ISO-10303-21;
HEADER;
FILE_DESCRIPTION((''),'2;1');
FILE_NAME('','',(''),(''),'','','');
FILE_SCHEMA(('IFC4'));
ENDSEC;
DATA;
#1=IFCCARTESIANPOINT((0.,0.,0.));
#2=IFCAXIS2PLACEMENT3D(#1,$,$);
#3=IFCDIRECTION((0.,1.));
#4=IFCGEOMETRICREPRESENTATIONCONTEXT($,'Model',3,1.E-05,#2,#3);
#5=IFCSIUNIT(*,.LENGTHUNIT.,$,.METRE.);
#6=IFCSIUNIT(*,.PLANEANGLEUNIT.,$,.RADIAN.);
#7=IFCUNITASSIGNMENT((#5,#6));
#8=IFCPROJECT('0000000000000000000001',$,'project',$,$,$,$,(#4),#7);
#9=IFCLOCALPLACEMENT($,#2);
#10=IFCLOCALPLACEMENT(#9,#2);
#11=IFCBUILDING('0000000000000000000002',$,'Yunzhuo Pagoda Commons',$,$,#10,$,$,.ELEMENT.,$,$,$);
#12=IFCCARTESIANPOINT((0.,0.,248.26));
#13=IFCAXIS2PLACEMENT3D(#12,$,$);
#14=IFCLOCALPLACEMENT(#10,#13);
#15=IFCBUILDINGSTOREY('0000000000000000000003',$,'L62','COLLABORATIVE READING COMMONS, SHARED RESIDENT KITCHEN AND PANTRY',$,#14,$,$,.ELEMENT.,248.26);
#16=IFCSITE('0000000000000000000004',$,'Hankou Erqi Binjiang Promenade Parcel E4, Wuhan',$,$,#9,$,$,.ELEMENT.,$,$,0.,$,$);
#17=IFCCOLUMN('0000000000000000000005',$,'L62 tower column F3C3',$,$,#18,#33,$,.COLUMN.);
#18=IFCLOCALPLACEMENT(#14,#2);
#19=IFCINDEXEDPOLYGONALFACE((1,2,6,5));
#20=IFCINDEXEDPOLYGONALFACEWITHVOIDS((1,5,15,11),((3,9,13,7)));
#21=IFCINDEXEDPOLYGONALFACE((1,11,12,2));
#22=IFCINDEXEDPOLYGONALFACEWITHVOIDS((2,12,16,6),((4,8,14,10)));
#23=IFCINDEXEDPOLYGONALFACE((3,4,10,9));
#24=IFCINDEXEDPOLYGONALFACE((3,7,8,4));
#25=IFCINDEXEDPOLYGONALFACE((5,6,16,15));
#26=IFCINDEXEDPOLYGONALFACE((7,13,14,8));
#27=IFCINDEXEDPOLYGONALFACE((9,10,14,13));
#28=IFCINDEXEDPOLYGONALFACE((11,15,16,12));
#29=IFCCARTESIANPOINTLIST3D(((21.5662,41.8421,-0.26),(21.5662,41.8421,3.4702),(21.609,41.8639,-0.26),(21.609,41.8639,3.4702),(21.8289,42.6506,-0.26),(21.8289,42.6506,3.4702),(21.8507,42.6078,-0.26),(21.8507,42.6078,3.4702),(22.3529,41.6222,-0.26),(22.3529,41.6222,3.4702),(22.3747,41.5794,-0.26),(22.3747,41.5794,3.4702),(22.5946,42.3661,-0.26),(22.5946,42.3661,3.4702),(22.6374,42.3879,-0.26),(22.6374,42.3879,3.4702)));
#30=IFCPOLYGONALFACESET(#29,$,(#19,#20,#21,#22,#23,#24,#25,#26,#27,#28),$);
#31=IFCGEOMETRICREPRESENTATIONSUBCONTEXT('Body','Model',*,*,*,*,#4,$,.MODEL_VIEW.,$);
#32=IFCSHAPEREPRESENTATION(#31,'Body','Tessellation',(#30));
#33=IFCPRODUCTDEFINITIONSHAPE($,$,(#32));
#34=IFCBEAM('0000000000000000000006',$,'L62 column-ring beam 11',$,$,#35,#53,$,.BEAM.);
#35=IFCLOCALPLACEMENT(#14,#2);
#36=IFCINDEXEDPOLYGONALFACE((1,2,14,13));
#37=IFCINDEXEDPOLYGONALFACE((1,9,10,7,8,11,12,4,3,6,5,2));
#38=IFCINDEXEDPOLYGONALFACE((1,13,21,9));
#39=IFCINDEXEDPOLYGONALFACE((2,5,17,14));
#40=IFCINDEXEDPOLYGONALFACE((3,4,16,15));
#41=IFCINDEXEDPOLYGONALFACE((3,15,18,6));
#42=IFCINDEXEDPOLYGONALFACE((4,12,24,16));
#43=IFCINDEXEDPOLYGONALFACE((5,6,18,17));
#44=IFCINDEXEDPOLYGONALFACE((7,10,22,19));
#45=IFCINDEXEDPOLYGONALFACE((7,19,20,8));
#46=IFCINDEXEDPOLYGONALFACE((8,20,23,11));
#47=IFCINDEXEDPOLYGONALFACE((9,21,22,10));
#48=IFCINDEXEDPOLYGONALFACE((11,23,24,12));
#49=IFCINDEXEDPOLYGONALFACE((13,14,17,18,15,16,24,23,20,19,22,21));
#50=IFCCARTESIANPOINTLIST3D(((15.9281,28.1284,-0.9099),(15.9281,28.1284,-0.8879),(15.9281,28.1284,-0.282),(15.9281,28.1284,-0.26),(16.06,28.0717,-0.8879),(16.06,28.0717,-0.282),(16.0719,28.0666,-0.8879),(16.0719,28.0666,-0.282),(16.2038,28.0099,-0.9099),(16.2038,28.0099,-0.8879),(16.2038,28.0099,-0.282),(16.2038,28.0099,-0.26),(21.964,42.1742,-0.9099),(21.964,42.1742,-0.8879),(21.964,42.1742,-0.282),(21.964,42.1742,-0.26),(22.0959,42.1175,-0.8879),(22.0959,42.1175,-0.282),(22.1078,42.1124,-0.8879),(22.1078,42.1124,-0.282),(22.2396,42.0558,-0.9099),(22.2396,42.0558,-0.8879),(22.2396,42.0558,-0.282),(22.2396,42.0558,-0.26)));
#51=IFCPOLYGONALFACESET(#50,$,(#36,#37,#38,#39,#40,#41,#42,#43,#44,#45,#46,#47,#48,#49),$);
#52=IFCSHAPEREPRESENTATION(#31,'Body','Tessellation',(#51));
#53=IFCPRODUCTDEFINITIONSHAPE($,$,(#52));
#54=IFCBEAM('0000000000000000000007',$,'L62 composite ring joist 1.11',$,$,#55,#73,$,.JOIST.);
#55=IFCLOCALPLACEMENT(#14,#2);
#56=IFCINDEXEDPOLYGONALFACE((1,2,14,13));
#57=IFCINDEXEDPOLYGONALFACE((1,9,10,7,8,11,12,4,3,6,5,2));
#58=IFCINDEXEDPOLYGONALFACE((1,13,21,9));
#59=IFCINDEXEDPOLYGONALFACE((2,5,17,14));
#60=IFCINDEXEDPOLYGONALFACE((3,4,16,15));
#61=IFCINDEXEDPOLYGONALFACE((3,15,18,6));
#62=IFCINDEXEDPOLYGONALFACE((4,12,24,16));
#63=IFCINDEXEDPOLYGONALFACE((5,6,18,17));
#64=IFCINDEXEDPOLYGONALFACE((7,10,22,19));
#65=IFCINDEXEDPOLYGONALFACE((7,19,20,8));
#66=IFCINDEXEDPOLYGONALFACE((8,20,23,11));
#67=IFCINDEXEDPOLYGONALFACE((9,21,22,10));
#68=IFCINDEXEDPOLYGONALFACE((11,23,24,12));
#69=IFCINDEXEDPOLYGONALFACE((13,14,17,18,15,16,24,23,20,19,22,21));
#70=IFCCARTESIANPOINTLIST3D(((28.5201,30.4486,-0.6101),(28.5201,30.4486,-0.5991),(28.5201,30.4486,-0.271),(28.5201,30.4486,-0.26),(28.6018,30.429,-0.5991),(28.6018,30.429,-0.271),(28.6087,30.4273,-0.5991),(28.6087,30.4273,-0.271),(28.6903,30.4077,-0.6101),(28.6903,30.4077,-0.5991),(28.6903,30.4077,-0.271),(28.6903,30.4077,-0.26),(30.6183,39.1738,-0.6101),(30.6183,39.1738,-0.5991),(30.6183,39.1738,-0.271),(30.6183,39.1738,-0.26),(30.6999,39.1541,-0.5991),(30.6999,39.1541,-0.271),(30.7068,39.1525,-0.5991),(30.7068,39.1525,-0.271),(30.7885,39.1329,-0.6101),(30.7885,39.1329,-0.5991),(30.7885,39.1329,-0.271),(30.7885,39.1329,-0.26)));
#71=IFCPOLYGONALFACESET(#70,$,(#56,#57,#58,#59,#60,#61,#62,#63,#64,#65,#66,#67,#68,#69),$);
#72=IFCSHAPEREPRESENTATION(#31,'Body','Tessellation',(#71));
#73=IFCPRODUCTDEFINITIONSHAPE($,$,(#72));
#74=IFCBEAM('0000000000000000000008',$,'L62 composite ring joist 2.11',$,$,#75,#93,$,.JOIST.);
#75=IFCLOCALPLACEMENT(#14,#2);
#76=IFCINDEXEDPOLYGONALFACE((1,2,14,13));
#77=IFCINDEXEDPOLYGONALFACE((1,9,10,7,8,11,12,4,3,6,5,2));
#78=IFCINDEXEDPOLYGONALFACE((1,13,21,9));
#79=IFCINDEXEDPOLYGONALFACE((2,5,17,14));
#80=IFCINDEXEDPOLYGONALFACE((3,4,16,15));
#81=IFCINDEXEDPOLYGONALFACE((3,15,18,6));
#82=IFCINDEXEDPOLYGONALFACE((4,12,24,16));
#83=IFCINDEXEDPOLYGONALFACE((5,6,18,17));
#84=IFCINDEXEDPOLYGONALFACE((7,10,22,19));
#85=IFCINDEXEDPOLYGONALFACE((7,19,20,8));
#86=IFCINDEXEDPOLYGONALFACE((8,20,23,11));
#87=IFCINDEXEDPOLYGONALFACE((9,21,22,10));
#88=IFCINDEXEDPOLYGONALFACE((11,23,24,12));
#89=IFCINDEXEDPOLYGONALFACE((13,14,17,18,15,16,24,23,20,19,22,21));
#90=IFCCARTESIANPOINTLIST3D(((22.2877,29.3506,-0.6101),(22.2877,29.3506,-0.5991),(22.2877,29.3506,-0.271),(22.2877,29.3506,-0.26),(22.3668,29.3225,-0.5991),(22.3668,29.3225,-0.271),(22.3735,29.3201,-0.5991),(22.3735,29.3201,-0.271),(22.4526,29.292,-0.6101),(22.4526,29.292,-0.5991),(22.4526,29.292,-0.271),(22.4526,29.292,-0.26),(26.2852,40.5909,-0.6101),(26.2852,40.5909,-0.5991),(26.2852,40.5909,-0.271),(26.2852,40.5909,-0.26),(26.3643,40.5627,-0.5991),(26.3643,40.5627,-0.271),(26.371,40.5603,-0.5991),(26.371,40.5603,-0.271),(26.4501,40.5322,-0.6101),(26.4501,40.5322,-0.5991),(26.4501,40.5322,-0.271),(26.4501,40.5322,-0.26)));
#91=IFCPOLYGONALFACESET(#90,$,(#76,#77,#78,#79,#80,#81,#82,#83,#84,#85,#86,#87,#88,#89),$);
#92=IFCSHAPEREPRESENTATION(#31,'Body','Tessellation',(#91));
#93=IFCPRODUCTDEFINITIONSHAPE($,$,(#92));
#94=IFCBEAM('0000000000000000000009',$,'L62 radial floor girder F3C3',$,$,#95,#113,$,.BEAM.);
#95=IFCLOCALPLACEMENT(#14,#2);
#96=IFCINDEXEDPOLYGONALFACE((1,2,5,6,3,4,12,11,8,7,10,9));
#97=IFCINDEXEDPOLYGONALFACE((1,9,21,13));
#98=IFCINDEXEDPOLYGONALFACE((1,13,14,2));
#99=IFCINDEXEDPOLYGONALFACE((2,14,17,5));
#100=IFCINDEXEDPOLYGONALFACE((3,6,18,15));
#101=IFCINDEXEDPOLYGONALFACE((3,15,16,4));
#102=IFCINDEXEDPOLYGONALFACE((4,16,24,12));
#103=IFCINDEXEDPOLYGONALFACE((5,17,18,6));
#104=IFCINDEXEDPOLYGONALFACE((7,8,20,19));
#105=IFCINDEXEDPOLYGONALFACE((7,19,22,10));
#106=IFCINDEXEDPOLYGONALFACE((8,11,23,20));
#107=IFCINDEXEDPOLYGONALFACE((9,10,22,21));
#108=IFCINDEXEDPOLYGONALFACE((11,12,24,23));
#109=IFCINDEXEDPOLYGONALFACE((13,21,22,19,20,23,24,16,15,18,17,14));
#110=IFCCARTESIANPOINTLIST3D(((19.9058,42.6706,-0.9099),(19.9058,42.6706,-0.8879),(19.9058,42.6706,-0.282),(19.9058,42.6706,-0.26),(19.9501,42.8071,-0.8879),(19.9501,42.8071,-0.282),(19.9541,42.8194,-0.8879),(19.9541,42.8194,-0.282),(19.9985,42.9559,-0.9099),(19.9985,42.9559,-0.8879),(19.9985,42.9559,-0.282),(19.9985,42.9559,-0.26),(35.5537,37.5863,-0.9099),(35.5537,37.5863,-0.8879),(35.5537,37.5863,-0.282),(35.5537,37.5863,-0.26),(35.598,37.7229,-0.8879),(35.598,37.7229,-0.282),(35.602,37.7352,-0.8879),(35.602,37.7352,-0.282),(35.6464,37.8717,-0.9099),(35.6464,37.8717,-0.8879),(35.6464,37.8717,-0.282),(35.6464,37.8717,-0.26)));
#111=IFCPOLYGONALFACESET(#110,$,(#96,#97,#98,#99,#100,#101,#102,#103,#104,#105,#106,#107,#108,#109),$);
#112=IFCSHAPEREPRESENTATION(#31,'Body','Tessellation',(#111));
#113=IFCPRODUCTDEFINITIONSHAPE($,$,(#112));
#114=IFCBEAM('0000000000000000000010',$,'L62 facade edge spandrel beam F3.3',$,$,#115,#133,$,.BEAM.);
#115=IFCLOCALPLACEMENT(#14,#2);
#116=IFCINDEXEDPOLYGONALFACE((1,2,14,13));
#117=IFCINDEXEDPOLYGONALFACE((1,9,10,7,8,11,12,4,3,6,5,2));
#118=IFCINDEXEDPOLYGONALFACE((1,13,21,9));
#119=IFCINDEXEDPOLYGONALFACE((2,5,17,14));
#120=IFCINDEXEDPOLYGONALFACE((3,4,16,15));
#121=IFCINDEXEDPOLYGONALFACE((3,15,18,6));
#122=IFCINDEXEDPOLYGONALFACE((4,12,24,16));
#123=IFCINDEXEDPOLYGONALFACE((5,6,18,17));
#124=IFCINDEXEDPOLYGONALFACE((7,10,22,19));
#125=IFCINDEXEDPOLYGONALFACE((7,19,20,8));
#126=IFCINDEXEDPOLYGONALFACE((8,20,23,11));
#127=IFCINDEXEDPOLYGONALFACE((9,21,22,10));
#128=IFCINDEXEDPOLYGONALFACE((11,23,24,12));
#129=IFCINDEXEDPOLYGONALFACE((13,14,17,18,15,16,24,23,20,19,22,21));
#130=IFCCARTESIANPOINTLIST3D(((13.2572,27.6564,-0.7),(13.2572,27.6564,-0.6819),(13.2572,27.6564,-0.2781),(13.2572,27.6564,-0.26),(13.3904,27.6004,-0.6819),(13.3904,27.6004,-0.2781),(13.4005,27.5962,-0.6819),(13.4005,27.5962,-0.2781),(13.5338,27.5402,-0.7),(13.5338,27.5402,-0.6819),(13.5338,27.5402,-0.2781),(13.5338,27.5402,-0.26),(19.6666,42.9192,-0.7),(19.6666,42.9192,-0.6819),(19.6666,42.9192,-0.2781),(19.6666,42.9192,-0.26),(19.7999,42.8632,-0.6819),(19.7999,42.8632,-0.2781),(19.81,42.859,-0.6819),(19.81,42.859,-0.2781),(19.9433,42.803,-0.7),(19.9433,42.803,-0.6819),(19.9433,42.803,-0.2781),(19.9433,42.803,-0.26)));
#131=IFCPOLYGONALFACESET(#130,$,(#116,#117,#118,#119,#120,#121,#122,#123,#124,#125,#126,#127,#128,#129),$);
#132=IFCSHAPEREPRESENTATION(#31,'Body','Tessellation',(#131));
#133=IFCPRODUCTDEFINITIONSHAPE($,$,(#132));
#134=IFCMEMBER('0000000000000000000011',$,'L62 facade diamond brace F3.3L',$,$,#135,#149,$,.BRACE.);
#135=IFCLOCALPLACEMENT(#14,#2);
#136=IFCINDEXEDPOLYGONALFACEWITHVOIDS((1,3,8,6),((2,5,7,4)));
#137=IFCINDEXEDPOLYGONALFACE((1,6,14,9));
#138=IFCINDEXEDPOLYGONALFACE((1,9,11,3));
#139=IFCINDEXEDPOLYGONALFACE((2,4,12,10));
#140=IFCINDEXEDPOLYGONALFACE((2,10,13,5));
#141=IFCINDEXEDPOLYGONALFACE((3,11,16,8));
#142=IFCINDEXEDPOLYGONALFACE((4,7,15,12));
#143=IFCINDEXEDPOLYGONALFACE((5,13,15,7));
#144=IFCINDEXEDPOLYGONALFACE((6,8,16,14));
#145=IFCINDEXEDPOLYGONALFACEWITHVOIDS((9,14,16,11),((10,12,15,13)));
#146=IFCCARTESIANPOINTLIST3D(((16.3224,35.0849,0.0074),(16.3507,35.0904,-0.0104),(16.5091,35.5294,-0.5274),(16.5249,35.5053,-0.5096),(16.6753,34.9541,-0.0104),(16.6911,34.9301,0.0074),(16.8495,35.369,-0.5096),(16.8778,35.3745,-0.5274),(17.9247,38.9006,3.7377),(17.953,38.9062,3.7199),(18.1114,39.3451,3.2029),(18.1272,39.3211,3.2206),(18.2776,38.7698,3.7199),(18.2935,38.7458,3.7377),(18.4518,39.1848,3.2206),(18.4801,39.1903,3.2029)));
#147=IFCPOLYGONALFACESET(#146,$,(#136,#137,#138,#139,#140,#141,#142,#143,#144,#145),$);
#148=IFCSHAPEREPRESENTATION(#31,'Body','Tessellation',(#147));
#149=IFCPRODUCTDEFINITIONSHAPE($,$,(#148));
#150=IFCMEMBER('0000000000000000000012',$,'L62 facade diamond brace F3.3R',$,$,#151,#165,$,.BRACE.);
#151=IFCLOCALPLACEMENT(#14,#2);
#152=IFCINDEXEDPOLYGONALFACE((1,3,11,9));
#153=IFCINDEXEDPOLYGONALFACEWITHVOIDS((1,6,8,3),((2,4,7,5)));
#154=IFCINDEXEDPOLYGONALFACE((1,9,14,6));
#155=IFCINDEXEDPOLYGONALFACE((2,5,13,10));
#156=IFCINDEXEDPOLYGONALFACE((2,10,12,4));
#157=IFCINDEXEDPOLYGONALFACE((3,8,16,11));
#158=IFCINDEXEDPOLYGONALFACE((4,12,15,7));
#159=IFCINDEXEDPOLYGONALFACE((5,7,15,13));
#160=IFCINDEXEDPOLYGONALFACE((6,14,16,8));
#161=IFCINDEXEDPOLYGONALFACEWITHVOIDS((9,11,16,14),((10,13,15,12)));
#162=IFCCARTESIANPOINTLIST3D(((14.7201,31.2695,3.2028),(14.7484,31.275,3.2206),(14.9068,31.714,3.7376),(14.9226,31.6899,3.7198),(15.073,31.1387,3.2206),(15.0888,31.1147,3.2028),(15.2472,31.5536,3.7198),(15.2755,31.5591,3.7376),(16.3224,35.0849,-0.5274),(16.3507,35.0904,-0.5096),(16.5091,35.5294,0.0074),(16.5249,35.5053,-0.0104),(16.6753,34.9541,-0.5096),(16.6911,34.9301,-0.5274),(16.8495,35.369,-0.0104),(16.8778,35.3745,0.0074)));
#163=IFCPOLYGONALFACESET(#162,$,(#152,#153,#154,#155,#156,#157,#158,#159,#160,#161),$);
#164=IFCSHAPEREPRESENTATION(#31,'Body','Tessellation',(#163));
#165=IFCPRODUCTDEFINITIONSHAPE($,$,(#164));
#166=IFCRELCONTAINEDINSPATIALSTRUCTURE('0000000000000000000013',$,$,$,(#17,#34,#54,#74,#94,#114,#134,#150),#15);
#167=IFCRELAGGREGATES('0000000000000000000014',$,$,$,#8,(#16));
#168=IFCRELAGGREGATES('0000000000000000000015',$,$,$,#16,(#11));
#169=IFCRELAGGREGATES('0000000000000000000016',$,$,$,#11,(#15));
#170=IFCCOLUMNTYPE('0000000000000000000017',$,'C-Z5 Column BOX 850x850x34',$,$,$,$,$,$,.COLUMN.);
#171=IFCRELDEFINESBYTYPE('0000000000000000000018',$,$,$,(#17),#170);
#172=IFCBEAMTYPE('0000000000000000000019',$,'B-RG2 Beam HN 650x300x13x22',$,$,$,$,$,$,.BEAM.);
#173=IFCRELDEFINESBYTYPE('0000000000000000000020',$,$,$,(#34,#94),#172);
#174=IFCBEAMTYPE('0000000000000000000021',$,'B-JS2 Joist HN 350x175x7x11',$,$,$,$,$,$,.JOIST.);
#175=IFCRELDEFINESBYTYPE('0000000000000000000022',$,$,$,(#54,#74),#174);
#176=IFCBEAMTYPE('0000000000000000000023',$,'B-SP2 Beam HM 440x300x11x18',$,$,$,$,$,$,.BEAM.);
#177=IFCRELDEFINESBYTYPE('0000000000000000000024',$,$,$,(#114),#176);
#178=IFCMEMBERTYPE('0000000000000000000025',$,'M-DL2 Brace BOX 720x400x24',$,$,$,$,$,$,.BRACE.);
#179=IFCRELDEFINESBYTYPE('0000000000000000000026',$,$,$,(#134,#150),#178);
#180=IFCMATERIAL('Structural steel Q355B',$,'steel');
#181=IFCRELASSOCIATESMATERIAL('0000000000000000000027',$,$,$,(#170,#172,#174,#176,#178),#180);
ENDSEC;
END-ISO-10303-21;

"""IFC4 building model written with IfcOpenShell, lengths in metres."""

from ifc_helpers import new_model, si_unit, direction, frame, origin, origin_2d, place, context, subcontext, project, spatial, hollow_rectangle, i_section, extrude, source, transform, mapped, material, material_profile, profile_set, type_object, element, save


model = new_model("IFC4")

# Units and contexts
model_context = context("Model", 3, precision=1e-05, world=origin(), true_north=direction((0.0, 1.0)))
body_context = subcontext(model_context, "Body", "Model", "MODEL_VIEW")
ifc_project = project(units=[si_unit("LENGTHUNIT", "METRE"), si_unit("PLANEANGLEUNIT", "RADIAN")], contexts=[model_context])

# Site, building, storey
site_placement = place(None, origin())
site = spatial("IfcSite", under=ifc_project, at=site_placement, Name="Hankou Erqi Binjiang Promenade Parcel E4, Wuhan", CompositionType="ELEMENT", RefElevation=0.0)
building_placement = place(site_placement, origin())
building = spatial("IfcBuilding", under=site, at=building_placement, Name="Yunzhuo Pagoda Commons", CompositionType="ELEMENT")
storey_placement = place(building_placement, frame((0.0, 0.0, 248.26)))
storey = spatial("IfcBuildingStorey", under=building, at=storey_placement, Name="L62", Description="COLLABORATIVE READING COMMONS, SHARED RESIDENT KITCHEN AND PANTRY", CompositionType="ELEMENT", Elevation=248.26)

# Column
ifc_material_1 = material(Name="Structural steel Q355B", Category="steel")
ifc_material_profile_1 = material_profile(ifc_material_1, hollow_rectangle(XDim=0.8501, YDim=0.8501, WallThickness=0.0339, at=origin_2d()), Name="Structural steel Q355B")
ifc_profile_set_1 = profile_set([ifc_material_profile_1], Name="Structural steel Q355B")
column_type = type_object("IfcColumnType", Name="C-Z5 Column BOX 850x850x34", PredefinedType="COLUMN", material=ifc_profile_set_1)
shared_shape_1 = source(origin(), body_context, "Body", "SweptSolid", [
    extrude(hollow_rectangle(XDim=0.8501, YDim=0.8501, WallThickness=0.0339, at=origin_2d()), origin(), (0.0, 0.0, 1.0), 3.7302),
])
column_placement = place(storey_placement, frame((22.1018, 42.115, -0.26), z_axis=(0.0, 0.0, 1.0), x_axis=(-0.309017, -0.951057, 0.0)))
element("IfcColumn", 1, at=column_placement, inside=storey, type_object=column_type, Name="L62 tower column F3C3", PredefinedType="COLUMN", context=body_context, shape_type="MappedRepresentation", body=[
    mapped(shared_shape_1, transform((0.0, 0.0, 0.0), scale=1.0)),
])

# Beams
ifc_material_profile_2 = material_profile(ifc_material_1, i_section(OverallWidth=0.3, OverallDepth=0.6499, WebThickness=0.0129, FlangeThickness=0.022, at=origin_2d()), Name="Structural steel Q355B")
ifc_profile_set_2 = profile_set([ifc_material_profile_2], Name="Structural steel Q355B")
beam_type_1 = type_object("IfcBeamType", Name="B-RG2 Beam HN 650x300x13x22", PredefinedType="BEAM", material=ifc_profile_set_2)
shared_shape_2 = source(origin(), body_context, "Body", "SweptSolid", [
    extrude(i_section(OverallWidth=0.3, OverallDepth=0.6499, WebThickness=0.0129, FlangeThickness=0.022, at=origin_2d()), origin(), (0.0, 0.0, 1.0), 15.2878),
])
beam_1_placement = place(storey_placement, frame((22.1018, 42.115, -0.585), z_axis=(-0.394815, -0.91876, 0.0), x_axis=(0.91876, -0.394815, 0.0)))
element("IfcBeam", 2, at=beam_1_placement, inside=storey, type_object=beam_type_1, Name="L62 column-ring beam 11", PredefinedType="BEAM", context=body_context, shape_type="MappedRepresentation", body=[
    mapped(shared_shape_2, transform((0.0, 0.0, 0.0), scale=1.0)),
])
ifc_material_profile_3 = material_profile(ifc_material_1, i_section(OverallWidth=0.175, OverallDepth=0.3501, WebThickness=0.0071, FlangeThickness=0.011, at=origin_2d()), Name="Structural steel Q355B")
ifc_profile_set_3 = profile_set([ifc_material_profile_3], Name="Structural steel Q355B")
beam_type_2 = type_object("IfcBeamType", Name="B-JS2 Joist HN 350x175x7x11", PredefinedType="JOIST", material=ifc_profile_set_3)
shared_shape_3 = source(origin(), body_context, "Body", "SweptSolid", [
    extrude(i_section(OverallWidth=0.175, OverallDepth=0.3501, WebThickness=0.0071, FlangeThickness=0.011, at=origin_2d()), origin(), (0.0, 0.0, 1.0), 8.9739),
])
beam_2_placement = place(storey_placement, frame((30.7034, 39.1533, -0.4351), z_axis=(-0.233807, -0.972283, 0.0), x_axis=(0.972283, -0.233807, 0.0)))
element("IfcBeam", 3, at=beam_2_placement, inside=storey, type_object=beam_type_2, Name="L62 composite ring joist 1.11", PredefinedType="JOIST", context=body_context, shape_type="MappedRepresentation", body=[
    mapped(shared_shape_3, transform((0.0, 0.0, 0.0), scale=1.0)),
])
shared_shape_4 = source(origin(), body_context, "Body", "SweptSolid", [
    extrude(i_section(OverallWidth=0.175, OverallDepth=0.3501, WebThickness=0.0071, FlangeThickness=0.011, at=origin_2d()), origin(), (0.0, 0.0, 1.0), 11.9299),
])
beam_3_placement = place(storey_placement, frame((26.3677, 40.5615, -0.4351), z_axis=(-0.335086, -0.942187, 0.0), x_axis=(0.942187, -0.335086, 0.0)))
element("IfcBeam", 4, at=beam_3_placement, inside=storey, type_object=beam_type_2, Name="L62 composite ring joist 2.11", PredefinedType="JOIST", context=body_context, shape_type="MappedRepresentation", body=[
    mapped(shared_shape_4, transform((0.0, 0.0, 0.0), scale=1.0)),
])
shared_shape_5 = source(origin(), body_context, "Body", "SweptSolid", [
    extrude(i_section(OverallWidth=0.3, OverallDepth=0.6499, WebThickness=0.0129, FlangeThickness=0.022, at=origin_2d()), origin(), (0.0, 0.0, 1.0), 16.4531),
])
beam_4_placement = place(storey_placement, frame((19.9521, 42.8132, -0.585), z_axis=(0.951058, -0.309012, 0.0), x_axis=(0.309012, 0.951058, 0.0)))
element("IfcBeam", 5, at=beam_4_placement, inside=storey, type_object=beam_type_1, Name="L62 radial floor girder F3C3", PredefinedType="BEAM", context=body_context, shape_type="MappedRepresentation", body=[
    mapped(shared_shape_5, transform((0.0, 0.0, 0.0), scale=1.0)),
])
ifc_material_profile_4 = material_profile(ifc_material_1, i_section(OverallWidth=0.3, OverallDepth=0.4399, WebThickness=0.011, FlangeThickness=0.0181, at=origin_2d()), Name="Structural steel Q355B")
ifc_profile_set_4 = profile_set([ifc_material_profile_4], Name="Structural steel Q355B")
beam_type_3 = type_object("IfcBeamType", Name="B-SP2 Beam HM 440x300x11x18", PredefinedType="BEAM", material=ifc_profile_set_4)
shared_shape_6 = source(origin(), body_context, "Body", "SweptSolid", [
    extrude(i_section(OverallWidth=0.3, OverallDepth=0.4399, WebThickness=0.011, FlangeThickness=0.0181, at=origin_2d()), origin(), (0.0, 0.0, 1.0), 16.554),
])
beam_5_placement = place(storey_placement, frame((19.8049, 42.8611, -0.48), z_axis=(-0.387186, -0.922002, 0.0), x_axis=(0.922002, -0.387186, 0.0)))
element("IfcBeam", 6, at=beam_5_placement, inside=storey, type_object=beam_type_3, Name="L62 facade edge spandrel beam F3.3", PredefinedType="BEAM", context=body_context, shape_type="MappedRepresentation", body=[
    mapped(shared_shape_6, transform((0.0, 0.0, 0.0), scale=1.0)),
])

# Members
ifc_material_profile_5 = material_profile(ifc_material_1, hollow_rectangle(XDim=0.3999, YDim=0.72, WallThickness=0.0239, at=origin_2d()), Name="Structural steel Q355B")
ifc_profile_set_5 = profile_set([ifc_material_profile_5], Name="Structural steel Q355B")
member_type_1 = type_object("IfcMemberType", Name="M-DL2 Brace BOX 720x400x24", PredefinedType="BRACE", material=ifc_profile_set_5)
shared_shape_7 = source(origin(), body_context, "Body", "SweptSolid", [
    extrude(hollow_rectangle(XDim=0.3999, YDim=0.72, WallThickness=0.0239, at=origin_2d()), origin(), (0.0, 0.0, 1.0), 5.5715),
])
member_1_placement = place(storey_placement, frame((16.6001, 35.2297, -0.26), z_axis=(0.287589, 0.684859, 0.669522), x_axis=(-0.922007, 0.387173, 0.0)))
element("IfcMember", 7, at=member_1_placement, inside=storey, type_object=member_type_1, Name="L62 facade diamond brace F3.3L", PredefinedType="BRACE", context=body_context, shape_type="MappedRepresentation", body=[
    mapped(shared_shape_7, transform((0.0, 0.0, 0.0), scale=1.0)),
])
shared_shape_8 = source(origin(), body_context, "Body", "SweptSolid", [
    extrude(hollow_rectangle(XDim=0.3999, YDim=0.72, WallThickness=0.0239, at=origin_2d()), origin(), (0.0, 0.0, 1.0), 5.5713),
])
member_2_placement = place(storey_placement, frame((16.6001, 35.2297, -0.26), z_axis=(-0.287598, -0.684836, 0.669542), x_axis=(0.921998, -0.387194, 0.0)))
element("IfcMember", 8, at=member_2_placement, inside=storey, type_object=member_type_1, Name="L62 facade diamond brace F3.3R", PredefinedType="BRACE", context=body_context, shape_type="MappedRepresentation", body=[
    mapped(shared_shape_8, transform((0.0, 0.0, 0.0), scale=1.0)),
])

save(model, "model.ifc")
